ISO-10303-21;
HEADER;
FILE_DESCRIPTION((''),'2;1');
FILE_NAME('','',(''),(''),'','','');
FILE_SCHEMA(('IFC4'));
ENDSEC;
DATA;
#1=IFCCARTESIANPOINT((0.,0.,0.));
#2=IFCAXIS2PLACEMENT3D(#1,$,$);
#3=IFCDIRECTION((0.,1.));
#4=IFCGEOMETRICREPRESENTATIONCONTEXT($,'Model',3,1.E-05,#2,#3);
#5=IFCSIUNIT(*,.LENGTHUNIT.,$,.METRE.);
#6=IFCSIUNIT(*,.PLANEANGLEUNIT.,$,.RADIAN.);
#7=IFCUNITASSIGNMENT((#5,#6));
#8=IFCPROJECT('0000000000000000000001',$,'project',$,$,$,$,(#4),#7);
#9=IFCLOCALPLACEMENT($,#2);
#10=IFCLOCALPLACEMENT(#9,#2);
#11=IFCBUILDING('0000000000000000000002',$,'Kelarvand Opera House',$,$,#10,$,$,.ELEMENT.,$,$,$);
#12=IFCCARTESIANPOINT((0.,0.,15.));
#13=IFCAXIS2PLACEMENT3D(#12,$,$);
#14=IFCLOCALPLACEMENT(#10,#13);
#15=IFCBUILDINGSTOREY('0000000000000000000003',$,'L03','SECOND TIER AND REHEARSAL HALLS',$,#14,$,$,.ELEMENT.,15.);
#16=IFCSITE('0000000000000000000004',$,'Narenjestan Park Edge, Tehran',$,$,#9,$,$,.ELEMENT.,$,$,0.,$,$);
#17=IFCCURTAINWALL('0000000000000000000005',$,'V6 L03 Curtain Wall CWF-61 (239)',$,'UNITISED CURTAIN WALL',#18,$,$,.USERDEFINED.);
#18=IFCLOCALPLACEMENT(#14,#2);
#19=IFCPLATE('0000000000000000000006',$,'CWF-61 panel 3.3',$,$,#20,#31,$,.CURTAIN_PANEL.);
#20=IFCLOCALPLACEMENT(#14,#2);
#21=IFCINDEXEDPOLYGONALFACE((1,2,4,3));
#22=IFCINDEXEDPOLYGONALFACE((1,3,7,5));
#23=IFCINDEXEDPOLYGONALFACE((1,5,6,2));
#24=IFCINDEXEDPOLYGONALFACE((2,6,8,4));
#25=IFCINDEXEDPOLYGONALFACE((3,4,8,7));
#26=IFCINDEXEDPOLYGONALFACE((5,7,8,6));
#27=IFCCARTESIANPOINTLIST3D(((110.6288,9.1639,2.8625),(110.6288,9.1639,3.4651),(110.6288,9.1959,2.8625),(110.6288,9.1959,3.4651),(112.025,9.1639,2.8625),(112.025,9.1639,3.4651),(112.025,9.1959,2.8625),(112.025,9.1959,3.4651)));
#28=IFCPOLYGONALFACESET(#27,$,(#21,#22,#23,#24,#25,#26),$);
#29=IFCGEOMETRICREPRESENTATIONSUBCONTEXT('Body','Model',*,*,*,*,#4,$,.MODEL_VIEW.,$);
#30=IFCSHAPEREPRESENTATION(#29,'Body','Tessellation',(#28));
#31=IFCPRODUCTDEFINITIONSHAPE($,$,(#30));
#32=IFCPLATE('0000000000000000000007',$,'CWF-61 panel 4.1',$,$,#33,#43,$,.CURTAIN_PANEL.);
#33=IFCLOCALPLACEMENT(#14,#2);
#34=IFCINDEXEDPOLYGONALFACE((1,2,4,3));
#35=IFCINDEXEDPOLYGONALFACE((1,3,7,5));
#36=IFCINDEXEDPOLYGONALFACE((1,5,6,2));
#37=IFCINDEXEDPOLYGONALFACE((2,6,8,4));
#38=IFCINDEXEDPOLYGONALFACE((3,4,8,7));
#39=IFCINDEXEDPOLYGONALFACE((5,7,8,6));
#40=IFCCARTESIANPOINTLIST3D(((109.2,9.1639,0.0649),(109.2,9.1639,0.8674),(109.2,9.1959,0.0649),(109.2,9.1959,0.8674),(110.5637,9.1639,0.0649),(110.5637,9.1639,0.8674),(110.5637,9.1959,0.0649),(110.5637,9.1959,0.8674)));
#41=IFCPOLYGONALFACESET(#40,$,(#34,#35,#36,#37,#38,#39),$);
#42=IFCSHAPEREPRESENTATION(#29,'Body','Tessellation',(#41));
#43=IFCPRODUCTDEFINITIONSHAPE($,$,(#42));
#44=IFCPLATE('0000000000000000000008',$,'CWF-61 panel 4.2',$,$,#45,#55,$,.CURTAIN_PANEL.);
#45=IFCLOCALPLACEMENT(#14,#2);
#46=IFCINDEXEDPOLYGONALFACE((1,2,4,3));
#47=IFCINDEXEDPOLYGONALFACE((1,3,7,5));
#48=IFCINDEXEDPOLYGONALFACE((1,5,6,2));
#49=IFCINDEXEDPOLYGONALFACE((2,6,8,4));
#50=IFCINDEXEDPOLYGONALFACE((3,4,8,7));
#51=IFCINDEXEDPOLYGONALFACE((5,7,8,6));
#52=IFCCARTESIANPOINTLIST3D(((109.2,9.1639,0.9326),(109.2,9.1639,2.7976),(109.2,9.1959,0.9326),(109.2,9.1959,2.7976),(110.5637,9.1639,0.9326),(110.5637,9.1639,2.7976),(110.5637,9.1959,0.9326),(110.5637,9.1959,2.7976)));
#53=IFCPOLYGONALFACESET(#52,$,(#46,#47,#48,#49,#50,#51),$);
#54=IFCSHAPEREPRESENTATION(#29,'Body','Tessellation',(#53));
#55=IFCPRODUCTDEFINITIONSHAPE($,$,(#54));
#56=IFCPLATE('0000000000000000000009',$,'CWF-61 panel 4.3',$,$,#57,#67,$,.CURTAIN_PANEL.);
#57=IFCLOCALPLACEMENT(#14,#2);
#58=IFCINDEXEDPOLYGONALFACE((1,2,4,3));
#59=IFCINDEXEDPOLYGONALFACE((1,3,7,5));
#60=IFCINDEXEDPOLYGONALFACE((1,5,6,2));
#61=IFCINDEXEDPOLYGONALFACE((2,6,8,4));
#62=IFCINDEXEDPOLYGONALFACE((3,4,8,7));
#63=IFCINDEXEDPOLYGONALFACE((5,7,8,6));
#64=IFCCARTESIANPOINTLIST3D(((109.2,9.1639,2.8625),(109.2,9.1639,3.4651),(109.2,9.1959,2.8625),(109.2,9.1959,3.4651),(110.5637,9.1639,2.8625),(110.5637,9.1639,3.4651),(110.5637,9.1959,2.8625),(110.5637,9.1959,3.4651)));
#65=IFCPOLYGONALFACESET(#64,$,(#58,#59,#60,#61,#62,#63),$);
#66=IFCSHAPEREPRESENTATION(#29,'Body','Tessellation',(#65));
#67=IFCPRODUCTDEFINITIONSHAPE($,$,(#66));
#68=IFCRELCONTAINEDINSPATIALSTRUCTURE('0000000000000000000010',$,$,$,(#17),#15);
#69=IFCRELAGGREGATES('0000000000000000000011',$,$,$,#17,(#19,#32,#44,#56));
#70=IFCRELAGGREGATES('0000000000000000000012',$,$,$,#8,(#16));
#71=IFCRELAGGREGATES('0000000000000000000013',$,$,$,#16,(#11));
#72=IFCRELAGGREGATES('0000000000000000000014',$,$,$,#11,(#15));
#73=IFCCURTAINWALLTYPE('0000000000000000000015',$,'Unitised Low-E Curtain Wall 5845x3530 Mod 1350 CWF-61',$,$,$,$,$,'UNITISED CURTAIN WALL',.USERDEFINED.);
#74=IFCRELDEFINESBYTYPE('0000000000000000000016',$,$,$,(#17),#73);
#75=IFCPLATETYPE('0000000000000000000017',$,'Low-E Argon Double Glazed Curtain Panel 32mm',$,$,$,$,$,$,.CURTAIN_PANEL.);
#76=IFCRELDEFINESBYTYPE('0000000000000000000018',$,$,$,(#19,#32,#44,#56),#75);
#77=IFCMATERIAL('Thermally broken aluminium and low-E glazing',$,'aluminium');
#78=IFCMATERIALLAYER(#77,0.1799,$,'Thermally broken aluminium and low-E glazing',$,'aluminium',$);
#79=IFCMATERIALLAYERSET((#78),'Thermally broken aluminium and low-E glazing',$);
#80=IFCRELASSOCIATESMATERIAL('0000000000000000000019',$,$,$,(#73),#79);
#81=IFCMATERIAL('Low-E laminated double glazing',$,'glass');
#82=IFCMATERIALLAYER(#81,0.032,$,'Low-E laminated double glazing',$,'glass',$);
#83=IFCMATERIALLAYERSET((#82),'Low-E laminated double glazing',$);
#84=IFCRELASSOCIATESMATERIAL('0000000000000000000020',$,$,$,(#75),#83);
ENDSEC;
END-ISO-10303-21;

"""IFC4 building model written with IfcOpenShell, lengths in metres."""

from ifc_helpers import new_model, si_unit, direction, frame, origin, origin_2d, place, context, subcontext, project, spatial, rectangle, extrude, material, layer, layer_set, type_object, element, aggregate, save


model = new_model("IFC4")

# Units and contexts
model_context = context("Model", 3, precision=1e-05, world=origin(), true_north=direction((0.0, 1.0)))
body_context = subcontext(model_context, "Body", "Model", "MODEL_VIEW")
ifc_project = project(units=[si_unit("LENGTHUNIT", "METRE"), si_unit("PLANEANGLEUNIT", "RADIAN")], contexts=[model_context])

# Site, building, storey
site_placement = place(None, origin())
site = spatial("IfcSite", under=ifc_project, at=site_placement, Name="Narenjestan Park Edge, Tehran", CompositionType="ELEMENT", RefElevation=0.0)
building_placement = place(site_placement, origin())
building = spatial("IfcBuilding", under=site, at=building_placement, Name="Kelarvand Opera House", CompositionType="ELEMENT")
storey_placement = place(building_placement, frame((0.0, 0.0, 15.0)))
storey = spatial("IfcBuildingStorey", under=building, at=storey_placement, Name="L03", Description="SECOND TIER AND REHEARSAL HALLS", CompositionType="ELEMENT", Elevation=15.0)

# Curtain wall
ifc_material_1 = material(Name="Thermally broken aluminium and low-E glazing", Category="aluminium")
ifc_layer_1 = layer(ifc_material_1, 0.1799, Name="Thermally broken aluminium and low-E glazing", Category="aluminium")
ifc_layer_set_1 = layer_set([ifc_layer_1], Name="Thermally broken aluminium and low-E glazing")
curtain_wall_type = type_object("IfcCurtainWallType", Name="Unitised Low-E Curtain Wall 5845x3530 Mod 1350 CWF-61", ElementType="UNITISED CURTAIN WALL", PredefinedType="USERDEFINED", material=ifc_layer_set_1)
curtain_wall_placement = place(storey_placement, origin())
curtain_wall = element("IfcCurtainWall", 1, at=curtain_wall_placement, inside=storey, type_object=curtain_wall_type, Name="V6 L03 Curtain Wall CWF-61 (239)", ObjectType="UNITISED CURTAIN WALL", PredefinedType="USERDEFINED")

# Plates
ifc_material_2 = material(Name="Low-E laminated double glazing", Category="glass")
ifc_layer_2 = layer(ifc_material_2, 0.032, Name="Low-E laminated double glazing", Category="glass")
ifc_layer_set_2 = layer_set([ifc_layer_2], Name="Low-E laminated double glazing")
plate_type = type_object("IfcPlateType", Name="Low-E Argon Double Glazed Curtain Panel 32mm", PredefinedType="CURTAIN_PANEL", material=ifc_layer_set_2)
plate_1_placement = place(storey_placement, frame((111.3269, 9.1799, 2.8625), z_axis=(0.0, 0.0, 1.0), x_axis=(-1.0, 0.0, 0.0)))
plate_1 = element("IfcPlate", 2, at=plate_1_placement, type_object=plate_type, Name="CWF-61 panel 3.3", PredefinedType="CURTAIN_PANEL", context=body_context, shape_type="SweptSolid", body=[
    extrude(rectangle(XDim=1.3962, YDim=0.032, at=origin_2d()), origin(), (0.0, 0.0, 1.0), 0.6025),
])
plate_2_placement = place(storey_placement, frame((109.8818, 9.1799, 0.0649), z_axis=(0.0, 0.0, 1.0), x_axis=(-1.0, 0.0, 0.0)))
plate_2 = element("IfcPlate", 3, at=plate_2_placement, type_object=plate_type, Name="CWF-61 panel 4.1", PredefinedType="CURTAIN_PANEL", context=body_context, shape_type="SweptSolid", body=[
    extrude(rectangle(XDim=1.3638, YDim=0.032, at=origin_2d()), origin(), (0.0, 0.0, 1.0), 0.8025),
])
plate_3_placement = place(storey_placement, frame((109.8818, 9.1799, 0.9326), z_axis=(0.0, 0.0, 1.0), x_axis=(-1.0, 0.0, 0.0)))
plate_3 = element("IfcPlate", 4, at=plate_3_placement, type_object=plate_type, Name="CWF-61 panel 4.2", PredefinedType="CURTAIN_PANEL", context=body_context, shape_type="SweptSolid", body=[
    extrude(rectangle(XDim=1.3638, YDim=0.032, at=origin_2d()), origin(), (0.0, 0.0, 1.0), 1.865),
])
plate_4_placement = place(storey_placement, frame((109.8818, 9.1799, 2.8625), z_axis=(0.0, 0.0, 1.0), x_axis=(-1.0, 0.0, 0.0)))
plate_4 = element("IfcPlate", 5, at=plate_4_placement, type_object=plate_type, Name="CWF-61 panel 4.3", PredefinedType="CURTAIN_PANEL", context=body_context, shape_type="SweptSolid", body=[
    extrude(rectangle(XDim=1.3638, YDim=0.032, at=origin_2d()), origin(), (0.0, 0.0, 1.0), 0.6025),
])
aggregate(curtain_wall, [plate_1, plate_2, plate_3, plate_4])

save(model, "model.ifc")
